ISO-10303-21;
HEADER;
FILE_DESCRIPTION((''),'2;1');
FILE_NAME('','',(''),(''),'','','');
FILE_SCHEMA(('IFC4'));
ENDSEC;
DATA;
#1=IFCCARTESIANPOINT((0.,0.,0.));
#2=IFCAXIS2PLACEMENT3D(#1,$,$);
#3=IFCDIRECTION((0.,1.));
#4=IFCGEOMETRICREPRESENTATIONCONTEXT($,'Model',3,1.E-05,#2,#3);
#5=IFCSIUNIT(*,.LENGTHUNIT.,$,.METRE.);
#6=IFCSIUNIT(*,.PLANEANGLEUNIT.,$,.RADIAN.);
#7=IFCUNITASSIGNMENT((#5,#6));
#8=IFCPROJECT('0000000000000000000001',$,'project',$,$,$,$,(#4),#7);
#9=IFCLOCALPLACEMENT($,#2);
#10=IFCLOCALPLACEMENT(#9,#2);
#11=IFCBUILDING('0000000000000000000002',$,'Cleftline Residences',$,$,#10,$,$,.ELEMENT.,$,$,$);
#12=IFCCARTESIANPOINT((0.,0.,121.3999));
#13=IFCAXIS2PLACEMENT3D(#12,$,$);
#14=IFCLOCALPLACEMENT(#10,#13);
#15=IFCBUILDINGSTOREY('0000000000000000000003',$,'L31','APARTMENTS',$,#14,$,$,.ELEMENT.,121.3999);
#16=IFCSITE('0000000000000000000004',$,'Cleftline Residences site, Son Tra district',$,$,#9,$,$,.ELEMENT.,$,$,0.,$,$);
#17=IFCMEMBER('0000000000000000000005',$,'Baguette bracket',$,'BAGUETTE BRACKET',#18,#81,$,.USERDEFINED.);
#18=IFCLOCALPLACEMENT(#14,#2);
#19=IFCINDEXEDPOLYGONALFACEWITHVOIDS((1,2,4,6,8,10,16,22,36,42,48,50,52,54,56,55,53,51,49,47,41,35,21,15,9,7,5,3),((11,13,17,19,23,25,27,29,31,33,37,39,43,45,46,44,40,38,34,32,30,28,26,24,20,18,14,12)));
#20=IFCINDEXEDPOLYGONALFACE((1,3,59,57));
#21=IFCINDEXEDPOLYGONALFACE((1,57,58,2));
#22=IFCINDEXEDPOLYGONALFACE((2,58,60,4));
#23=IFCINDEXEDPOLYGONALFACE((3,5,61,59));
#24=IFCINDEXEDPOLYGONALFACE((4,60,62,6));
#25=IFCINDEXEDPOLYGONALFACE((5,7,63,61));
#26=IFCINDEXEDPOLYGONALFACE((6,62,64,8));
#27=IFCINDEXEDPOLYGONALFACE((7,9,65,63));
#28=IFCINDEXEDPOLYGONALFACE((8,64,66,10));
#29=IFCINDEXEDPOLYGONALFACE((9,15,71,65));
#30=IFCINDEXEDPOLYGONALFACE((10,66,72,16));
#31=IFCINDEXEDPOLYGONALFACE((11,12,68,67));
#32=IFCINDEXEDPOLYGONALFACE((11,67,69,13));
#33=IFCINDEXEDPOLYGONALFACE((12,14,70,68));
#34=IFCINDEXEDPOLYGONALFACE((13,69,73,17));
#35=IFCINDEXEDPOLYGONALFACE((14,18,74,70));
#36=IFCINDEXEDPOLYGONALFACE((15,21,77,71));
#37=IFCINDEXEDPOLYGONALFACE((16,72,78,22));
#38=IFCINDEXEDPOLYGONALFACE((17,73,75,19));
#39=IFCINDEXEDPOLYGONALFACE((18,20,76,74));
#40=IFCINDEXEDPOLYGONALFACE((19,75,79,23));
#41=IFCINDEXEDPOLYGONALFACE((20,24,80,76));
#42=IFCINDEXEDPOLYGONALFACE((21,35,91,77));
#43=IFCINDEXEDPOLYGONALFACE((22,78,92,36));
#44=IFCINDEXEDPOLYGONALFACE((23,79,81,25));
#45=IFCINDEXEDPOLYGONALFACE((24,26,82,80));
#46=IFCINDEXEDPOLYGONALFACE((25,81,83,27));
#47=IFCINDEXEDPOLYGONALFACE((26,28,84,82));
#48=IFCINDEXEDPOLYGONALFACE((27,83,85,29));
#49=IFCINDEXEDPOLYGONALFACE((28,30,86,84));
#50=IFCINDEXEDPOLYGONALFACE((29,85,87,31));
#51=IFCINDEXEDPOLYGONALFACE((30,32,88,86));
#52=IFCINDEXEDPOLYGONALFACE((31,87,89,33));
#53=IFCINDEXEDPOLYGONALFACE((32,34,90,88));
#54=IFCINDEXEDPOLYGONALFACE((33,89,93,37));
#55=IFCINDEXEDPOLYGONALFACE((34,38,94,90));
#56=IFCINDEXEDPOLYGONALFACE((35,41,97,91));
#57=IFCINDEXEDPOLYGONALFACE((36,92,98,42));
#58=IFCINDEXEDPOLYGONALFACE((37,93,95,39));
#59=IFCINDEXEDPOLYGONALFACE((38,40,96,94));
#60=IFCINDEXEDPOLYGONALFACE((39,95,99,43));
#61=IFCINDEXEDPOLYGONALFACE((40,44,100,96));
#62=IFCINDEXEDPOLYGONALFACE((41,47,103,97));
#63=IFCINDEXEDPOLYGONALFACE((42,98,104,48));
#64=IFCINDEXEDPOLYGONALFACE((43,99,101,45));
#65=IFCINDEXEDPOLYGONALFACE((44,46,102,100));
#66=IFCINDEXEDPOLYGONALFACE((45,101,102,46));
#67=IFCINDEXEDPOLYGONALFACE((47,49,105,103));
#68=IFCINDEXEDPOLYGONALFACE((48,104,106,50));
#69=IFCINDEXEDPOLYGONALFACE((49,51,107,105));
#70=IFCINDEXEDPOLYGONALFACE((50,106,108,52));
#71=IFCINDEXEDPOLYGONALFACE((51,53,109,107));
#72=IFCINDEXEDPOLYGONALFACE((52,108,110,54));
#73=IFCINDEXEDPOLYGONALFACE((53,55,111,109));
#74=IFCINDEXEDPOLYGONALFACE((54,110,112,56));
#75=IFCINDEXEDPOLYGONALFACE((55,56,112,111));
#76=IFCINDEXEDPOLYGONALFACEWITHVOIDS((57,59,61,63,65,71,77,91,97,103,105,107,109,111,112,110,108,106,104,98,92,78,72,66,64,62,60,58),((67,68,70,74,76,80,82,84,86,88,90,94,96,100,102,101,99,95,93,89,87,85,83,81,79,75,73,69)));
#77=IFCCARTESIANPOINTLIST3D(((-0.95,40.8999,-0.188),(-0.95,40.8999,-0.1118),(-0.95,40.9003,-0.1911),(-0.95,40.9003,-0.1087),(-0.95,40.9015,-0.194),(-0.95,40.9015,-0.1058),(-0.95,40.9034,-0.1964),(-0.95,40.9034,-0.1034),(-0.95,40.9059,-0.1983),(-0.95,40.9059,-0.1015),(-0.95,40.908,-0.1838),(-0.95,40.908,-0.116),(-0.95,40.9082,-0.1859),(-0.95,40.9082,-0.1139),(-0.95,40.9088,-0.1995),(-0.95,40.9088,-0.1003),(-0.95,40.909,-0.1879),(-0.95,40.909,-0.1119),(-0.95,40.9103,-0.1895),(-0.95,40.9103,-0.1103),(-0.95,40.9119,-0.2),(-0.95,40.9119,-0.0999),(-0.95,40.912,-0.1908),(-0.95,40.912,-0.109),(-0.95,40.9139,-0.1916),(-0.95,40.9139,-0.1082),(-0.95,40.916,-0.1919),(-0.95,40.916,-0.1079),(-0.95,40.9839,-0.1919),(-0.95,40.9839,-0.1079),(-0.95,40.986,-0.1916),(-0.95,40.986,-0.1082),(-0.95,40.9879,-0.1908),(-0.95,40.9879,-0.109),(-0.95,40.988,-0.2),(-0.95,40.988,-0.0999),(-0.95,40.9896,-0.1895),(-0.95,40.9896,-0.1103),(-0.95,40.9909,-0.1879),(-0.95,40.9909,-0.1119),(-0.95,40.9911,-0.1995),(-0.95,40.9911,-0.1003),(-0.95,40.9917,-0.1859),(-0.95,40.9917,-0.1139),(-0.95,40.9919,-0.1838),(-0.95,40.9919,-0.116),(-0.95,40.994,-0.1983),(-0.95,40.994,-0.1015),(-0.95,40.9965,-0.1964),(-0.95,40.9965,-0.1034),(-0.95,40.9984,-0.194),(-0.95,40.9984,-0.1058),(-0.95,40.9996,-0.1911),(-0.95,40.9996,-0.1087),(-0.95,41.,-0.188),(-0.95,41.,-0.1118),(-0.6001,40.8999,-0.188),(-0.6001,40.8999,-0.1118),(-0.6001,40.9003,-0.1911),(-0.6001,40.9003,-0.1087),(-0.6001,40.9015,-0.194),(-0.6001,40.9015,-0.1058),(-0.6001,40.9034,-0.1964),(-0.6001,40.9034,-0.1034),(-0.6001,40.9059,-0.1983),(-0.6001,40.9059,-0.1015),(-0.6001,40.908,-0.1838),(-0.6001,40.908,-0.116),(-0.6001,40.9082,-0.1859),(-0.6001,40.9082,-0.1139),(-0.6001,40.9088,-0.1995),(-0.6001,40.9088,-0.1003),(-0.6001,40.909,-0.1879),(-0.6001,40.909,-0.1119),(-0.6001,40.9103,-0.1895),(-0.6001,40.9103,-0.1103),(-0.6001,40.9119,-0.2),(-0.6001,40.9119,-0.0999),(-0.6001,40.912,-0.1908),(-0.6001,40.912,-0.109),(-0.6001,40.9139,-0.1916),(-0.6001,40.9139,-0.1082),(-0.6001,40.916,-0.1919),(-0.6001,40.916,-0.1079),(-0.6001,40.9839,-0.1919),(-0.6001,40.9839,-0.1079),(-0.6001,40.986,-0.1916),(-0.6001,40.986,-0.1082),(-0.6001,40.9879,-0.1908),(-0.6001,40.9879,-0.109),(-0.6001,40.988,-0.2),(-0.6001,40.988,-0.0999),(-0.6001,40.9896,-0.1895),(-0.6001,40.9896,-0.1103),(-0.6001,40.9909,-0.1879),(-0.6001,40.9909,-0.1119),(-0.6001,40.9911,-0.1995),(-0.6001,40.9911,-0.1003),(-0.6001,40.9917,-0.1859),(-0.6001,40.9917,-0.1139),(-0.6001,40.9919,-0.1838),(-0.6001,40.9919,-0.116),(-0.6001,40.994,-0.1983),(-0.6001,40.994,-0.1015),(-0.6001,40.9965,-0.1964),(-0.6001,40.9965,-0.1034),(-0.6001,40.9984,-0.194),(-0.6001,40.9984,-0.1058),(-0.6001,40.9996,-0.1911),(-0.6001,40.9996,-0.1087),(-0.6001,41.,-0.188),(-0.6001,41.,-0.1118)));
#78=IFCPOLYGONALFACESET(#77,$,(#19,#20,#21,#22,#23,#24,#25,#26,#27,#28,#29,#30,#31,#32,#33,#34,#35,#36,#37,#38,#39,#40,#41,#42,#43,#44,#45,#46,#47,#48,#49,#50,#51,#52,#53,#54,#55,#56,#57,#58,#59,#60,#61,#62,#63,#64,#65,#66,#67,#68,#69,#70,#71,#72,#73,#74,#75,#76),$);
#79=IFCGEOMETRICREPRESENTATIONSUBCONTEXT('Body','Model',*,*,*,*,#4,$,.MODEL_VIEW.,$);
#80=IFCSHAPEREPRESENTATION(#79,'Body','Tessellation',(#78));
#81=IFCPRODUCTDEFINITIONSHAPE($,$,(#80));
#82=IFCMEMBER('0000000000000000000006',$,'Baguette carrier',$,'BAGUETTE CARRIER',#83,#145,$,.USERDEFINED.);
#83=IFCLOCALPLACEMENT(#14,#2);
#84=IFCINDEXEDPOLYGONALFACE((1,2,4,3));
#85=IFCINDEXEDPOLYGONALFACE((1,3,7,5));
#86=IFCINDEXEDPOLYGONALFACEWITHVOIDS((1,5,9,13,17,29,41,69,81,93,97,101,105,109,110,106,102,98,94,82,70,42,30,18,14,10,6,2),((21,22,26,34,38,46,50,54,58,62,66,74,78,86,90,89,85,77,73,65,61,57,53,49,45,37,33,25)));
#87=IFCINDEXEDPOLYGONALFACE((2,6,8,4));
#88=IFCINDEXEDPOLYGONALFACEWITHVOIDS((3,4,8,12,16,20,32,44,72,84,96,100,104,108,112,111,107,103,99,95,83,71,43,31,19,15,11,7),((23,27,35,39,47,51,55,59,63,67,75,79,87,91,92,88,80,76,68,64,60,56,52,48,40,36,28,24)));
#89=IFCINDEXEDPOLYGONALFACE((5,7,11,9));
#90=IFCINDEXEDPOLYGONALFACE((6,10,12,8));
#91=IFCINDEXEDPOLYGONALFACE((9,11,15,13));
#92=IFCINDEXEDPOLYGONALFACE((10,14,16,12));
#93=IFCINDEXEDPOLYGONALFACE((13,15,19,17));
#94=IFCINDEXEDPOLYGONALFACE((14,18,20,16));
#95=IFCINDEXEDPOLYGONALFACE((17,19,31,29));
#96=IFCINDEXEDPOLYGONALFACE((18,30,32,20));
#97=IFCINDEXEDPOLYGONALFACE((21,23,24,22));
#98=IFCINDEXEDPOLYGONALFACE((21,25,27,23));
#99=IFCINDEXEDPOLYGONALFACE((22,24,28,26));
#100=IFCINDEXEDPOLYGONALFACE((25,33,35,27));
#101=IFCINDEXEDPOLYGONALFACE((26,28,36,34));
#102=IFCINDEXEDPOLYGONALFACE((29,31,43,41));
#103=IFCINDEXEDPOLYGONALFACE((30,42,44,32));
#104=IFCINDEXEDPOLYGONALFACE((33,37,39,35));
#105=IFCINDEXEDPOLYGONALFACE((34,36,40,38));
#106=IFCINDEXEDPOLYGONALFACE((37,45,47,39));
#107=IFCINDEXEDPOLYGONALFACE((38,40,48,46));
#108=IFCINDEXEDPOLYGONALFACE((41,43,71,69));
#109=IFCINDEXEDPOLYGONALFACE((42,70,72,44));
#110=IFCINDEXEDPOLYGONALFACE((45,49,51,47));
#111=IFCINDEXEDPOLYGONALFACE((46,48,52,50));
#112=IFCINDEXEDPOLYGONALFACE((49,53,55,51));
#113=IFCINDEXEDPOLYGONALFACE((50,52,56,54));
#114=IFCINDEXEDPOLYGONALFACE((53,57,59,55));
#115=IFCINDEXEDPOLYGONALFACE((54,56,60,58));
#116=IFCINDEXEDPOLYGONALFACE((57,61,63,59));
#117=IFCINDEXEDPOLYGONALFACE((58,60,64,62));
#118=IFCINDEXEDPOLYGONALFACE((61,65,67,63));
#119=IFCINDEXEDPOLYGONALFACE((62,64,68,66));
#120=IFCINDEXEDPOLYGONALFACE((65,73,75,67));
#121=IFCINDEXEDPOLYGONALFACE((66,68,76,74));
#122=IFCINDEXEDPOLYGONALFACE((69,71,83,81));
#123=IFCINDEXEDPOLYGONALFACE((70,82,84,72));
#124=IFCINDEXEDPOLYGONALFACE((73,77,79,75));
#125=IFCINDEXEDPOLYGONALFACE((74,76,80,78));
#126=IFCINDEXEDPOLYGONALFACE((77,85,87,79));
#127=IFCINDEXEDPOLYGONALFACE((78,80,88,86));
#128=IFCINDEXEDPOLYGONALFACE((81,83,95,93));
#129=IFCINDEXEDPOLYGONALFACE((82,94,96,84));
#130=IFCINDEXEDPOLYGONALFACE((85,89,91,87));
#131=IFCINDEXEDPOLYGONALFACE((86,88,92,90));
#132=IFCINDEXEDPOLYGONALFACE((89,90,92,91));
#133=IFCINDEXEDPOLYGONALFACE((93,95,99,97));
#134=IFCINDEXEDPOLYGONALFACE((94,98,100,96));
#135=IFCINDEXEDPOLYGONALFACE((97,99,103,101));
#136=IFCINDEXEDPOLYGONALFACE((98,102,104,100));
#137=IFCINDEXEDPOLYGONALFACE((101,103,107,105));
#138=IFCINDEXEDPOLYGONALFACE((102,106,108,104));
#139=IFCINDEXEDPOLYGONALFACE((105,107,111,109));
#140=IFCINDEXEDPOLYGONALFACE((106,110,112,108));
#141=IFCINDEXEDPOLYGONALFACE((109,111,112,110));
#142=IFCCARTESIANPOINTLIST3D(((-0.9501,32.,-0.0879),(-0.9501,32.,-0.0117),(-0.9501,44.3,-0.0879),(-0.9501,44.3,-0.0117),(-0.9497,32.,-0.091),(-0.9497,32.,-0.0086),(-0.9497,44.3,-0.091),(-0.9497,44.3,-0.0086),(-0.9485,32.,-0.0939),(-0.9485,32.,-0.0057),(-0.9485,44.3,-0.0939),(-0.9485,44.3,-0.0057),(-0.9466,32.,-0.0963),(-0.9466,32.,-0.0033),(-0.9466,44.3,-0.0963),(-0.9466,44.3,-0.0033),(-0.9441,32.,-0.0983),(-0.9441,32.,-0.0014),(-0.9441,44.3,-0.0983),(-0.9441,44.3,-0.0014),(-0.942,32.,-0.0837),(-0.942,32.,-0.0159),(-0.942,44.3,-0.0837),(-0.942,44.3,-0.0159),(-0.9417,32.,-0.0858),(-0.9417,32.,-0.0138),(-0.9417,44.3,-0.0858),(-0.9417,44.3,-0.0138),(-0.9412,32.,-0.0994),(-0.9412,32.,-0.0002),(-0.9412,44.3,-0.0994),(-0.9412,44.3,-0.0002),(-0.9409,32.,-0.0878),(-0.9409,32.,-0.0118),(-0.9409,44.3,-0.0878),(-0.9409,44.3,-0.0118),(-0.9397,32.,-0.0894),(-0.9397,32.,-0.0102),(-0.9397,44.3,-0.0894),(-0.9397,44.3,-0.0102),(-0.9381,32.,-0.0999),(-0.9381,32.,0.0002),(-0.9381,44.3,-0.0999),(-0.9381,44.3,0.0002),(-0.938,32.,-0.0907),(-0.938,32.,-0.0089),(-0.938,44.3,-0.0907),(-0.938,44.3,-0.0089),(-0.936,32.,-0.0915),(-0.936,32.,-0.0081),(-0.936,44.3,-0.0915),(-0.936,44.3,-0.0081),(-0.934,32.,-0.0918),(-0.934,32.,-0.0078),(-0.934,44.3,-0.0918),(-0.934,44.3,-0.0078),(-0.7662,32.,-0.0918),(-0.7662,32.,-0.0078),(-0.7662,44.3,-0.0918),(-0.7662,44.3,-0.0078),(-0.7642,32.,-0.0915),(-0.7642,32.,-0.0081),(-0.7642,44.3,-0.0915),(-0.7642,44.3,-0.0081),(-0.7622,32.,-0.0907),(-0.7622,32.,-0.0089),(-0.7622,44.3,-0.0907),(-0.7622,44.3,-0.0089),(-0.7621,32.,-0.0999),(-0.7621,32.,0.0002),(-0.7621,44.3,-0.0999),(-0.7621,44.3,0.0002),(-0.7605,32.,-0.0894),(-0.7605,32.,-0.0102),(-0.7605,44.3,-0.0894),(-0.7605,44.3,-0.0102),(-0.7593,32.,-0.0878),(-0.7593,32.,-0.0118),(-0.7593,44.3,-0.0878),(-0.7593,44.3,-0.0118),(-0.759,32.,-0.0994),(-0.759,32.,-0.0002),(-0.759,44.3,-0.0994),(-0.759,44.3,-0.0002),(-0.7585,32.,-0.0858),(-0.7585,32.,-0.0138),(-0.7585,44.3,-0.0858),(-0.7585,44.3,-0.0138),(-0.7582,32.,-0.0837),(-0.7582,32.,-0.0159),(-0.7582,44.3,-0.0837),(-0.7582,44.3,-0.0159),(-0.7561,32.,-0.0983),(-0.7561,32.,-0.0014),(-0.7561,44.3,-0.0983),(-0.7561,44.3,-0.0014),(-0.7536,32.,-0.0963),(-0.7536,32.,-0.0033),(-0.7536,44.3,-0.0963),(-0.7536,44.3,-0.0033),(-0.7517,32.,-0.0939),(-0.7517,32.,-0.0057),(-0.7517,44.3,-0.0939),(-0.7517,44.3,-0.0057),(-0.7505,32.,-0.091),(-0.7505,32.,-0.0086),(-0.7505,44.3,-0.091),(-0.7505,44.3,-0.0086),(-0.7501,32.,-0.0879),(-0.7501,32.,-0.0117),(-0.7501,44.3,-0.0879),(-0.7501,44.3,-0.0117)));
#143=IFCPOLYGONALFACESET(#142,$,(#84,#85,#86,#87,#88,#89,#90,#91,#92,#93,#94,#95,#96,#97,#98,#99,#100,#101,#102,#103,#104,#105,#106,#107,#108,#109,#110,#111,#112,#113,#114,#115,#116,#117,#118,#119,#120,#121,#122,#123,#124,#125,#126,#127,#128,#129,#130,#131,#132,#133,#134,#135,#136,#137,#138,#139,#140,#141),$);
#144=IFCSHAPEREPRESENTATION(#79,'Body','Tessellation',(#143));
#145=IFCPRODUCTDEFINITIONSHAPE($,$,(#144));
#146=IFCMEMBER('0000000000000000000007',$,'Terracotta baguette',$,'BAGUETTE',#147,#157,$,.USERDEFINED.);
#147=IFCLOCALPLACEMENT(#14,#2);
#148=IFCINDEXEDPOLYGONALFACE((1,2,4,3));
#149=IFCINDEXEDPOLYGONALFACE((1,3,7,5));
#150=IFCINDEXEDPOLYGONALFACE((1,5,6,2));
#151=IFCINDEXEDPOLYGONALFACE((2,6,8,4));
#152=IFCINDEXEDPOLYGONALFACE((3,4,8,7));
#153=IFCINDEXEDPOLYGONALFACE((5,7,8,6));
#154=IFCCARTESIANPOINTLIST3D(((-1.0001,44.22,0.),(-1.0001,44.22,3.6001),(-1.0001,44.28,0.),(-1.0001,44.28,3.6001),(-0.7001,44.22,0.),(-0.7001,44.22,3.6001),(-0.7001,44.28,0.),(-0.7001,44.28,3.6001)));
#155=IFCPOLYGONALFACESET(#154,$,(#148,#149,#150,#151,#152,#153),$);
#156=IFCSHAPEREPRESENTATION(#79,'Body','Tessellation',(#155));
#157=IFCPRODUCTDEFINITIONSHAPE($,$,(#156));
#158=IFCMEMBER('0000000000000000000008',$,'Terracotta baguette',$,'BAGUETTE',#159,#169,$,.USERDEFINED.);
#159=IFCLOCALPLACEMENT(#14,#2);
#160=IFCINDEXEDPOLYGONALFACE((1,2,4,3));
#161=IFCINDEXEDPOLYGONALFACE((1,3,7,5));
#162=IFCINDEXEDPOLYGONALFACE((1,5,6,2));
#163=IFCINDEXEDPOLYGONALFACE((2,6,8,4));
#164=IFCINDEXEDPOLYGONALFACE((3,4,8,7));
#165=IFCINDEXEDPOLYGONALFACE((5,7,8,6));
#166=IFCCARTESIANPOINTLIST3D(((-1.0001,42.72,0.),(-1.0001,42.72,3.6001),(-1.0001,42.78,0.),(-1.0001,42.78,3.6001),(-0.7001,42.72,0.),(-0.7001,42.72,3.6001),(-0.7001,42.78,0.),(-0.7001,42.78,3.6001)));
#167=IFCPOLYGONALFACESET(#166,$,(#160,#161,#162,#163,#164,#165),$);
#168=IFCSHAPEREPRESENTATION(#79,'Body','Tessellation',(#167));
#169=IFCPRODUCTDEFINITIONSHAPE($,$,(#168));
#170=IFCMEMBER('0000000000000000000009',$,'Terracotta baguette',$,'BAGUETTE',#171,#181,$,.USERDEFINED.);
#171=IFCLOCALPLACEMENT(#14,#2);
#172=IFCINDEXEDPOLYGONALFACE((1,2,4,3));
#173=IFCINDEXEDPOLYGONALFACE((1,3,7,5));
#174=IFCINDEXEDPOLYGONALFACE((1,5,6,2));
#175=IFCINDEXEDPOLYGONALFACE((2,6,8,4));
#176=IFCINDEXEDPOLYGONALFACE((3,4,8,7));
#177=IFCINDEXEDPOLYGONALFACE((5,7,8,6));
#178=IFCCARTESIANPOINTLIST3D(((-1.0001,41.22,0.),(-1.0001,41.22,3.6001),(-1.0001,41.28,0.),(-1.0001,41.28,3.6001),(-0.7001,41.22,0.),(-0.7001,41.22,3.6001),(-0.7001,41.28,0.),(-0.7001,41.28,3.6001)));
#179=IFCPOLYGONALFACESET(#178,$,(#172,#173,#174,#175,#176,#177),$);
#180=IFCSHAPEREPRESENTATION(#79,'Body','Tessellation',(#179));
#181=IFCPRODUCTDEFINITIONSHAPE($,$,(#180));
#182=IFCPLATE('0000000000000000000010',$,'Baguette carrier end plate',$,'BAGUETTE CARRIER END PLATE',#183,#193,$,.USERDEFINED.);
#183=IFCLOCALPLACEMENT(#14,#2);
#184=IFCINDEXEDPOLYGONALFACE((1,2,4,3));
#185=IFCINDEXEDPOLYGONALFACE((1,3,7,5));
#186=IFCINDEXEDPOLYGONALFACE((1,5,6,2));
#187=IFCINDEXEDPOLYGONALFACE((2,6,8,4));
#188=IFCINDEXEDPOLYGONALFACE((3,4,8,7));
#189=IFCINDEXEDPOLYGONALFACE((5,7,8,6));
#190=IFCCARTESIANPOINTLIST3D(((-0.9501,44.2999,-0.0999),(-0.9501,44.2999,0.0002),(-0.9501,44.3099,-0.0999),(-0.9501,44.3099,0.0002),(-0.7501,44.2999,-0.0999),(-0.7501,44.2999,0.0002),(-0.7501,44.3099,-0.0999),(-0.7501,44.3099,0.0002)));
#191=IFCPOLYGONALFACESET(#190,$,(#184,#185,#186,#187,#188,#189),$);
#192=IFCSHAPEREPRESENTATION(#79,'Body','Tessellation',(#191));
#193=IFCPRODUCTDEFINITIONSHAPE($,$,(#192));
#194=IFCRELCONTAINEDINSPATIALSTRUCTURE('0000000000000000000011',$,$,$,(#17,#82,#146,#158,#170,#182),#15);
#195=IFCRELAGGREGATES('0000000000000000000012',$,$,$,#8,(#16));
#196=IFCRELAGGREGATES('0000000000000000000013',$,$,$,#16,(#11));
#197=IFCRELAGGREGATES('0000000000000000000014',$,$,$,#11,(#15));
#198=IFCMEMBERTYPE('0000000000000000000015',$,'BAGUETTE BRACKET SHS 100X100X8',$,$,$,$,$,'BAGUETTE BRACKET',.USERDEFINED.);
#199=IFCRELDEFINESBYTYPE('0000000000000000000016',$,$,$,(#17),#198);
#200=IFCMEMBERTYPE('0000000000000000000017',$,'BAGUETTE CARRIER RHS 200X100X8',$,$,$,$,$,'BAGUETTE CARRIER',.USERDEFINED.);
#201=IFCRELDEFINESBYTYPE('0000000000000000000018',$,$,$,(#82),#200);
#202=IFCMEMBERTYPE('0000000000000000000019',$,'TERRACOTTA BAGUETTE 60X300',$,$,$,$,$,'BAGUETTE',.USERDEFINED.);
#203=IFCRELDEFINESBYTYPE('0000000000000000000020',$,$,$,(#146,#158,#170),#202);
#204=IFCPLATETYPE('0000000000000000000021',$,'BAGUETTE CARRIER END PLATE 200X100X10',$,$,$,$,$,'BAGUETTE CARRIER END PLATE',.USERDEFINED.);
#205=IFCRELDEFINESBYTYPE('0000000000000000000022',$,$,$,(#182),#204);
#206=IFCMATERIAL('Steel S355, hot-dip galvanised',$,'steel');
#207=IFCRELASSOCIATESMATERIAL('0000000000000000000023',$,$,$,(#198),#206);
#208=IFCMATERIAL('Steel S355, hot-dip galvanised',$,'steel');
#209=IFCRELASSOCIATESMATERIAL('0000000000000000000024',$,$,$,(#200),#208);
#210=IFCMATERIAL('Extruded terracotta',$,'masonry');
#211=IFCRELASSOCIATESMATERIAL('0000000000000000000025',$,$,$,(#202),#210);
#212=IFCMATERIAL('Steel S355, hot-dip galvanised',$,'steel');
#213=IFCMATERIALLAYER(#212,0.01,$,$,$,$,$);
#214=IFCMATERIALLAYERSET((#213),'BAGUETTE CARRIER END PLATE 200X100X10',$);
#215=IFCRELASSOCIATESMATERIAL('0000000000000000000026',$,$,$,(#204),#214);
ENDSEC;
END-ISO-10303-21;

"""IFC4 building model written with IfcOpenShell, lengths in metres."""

from ifc_helpers import new_model, si_unit, direction, frame, origin, origin_2d, place, context, subcontext, project, spatial, rectangle, hollow_rectangle, extrude, material, layer, layer_set, material_profile, profile_set, type_object, element, save


model = new_model("IFC4")

# Units and contexts
model_context = context("Model", 3, precision=1e-05, world=origin(), true_north=direction((0.0, 1.0)))
body_context = subcontext(model_context, "Body", "Model", "MODEL_VIEW")
ifc_project = project(units=[si_unit("LENGTHUNIT", "METRE"), si_unit("PLANEANGLEUNIT", "RADIAN")], contexts=[model_context])

# Site, building, storey
site_placement = place(None, origin())
site = spatial("IfcSite", under=ifc_project, at=site_placement, Name="Cleftline Residences site, Son Tra district", CompositionType="ELEMENT", RefElevation=0.0)
building_placement = place(site_placement, origin())
building = spatial("IfcBuilding", under=site, at=building_placement, Name="Cleftline Residences", CompositionType="ELEMENT")
storey_placement = place(building_placement, frame((0.0, 0.0, 121.3999)))
storey = spatial("IfcBuildingStorey", under=building, at=storey_placement, Name="L31", Description="APARTMENTS", CompositionType="ELEMENT", Elevation=121.3999)

# Members
ifc_material_1 = material(Name="Steel S355, hot-dip galvanised", Category="steel")
ifc_material_profile_1 = material_profile(ifc_material_1, hollow_rectangle(XDim=0.1001, YDim=0.1001, WallThickness=0.0081, InnerFilletRadius=0.0081, OuterFilletRadius=0.012, at=origin_2d()))
ifc_profile_set_1 = profile_set([ifc_material_profile_1], Name="Steel S355, hot-dip galvanised")
member_type_1 = type_object("IfcMemberType", Name="BAGUETTE BRACKET SHS 100X100X8", ElementType="BAGUETTE BRACKET", PredefinedType="USERDEFINED", material=ifc_profile_set_1)
member_1_placement = place(storey_placement, frame((-0.6001, 40.95, -0.1499), z_axis=(-1.0, 0.0, 0.0), x_axis=(0.0, -1.0, 0.0)))
element("IfcMember", 1, at=member_1_placement, inside=storey, type_object=member_type_1, Name="Baguette bracket", ObjectType="BAGUETTE BRACKET", PredefinedType="USERDEFINED", context=body_context, shape_type="SweptSolid", body=[
    extrude(hollow_rectangle(XDim=0.1001, YDim=0.1001, WallThickness=0.0081, InnerFilletRadius=0.0081, OuterFilletRadius=0.012, at=origin_2d()), origin(), (0.0, 0.0, 1.0), 0.3499),
])
ifc_material_2 = material(Name="Steel S355, hot-dip galvanised", Category="steel")
ifc_material_profile_2 = material_profile(ifc_material_2, hollow_rectangle(XDim=0.1001, YDim=0.2, WallThickness=0.0081, InnerFilletRadius=0.0081, OuterFilletRadius=0.012, at=origin_2d()))
ifc_profile_set_2 = profile_set([ifc_material_profile_2], Name="Steel S355, hot-dip galvanised")
member_type_2 = type_object("IfcMemberType", Name="BAGUETTE CARRIER RHS 200X100X8", ElementType="BAGUETTE CARRIER", PredefinedType="USERDEFINED", material=ifc_profile_set_2)
member_2_placement = place(storey_placement, frame((-0.8501, 44.3, -0.0498), z_axis=(0.0, -1.0, 0.0), x_axis=(0.0, 0.0, 1.0)))
element("IfcMember", 2, at=member_2_placement, inside=storey, type_object=member_type_2, Name="Baguette carrier", ObjectType="BAGUETTE CARRIER", PredefinedType="USERDEFINED", context=body_context, shape_type="SweptSolid", body=[
    extrude(hollow_rectangle(XDim=0.1001, YDim=0.2, WallThickness=0.0081, InnerFilletRadius=0.0081, OuterFilletRadius=0.012, at=origin_2d()), origin(), (0.0, 0.0, 1.0), 12.3),
])
ifc_material_3 = material(Name="Extruded terracotta", Category="masonry")
ifc_material_profile_3 = material_profile(ifc_material_3, rectangle(XDim=0.0601, YDim=0.3, at=origin_2d()))
ifc_profile_set_3 = profile_set([ifc_material_profile_3], Name="Extruded terracotta")
member_type_3 = type_object("IfcMemberType", Name="TERRACOTTA BAGUETTE 60X300", ElementType="BAGUETTE", PredefinedType="USERDEFINED", material=ifc_profile_set_3)
for number, where, z_axis, x_axis, name in (
    (3, (-0.8501, 44.25, 0.0), (0.0, 0.0, 1.0), (0.0, 1.0, 0.0), "Terracotta baguette"),
    (4, (-0.8501, 42.75, 0.0), (0.0, 0.0, 1.0), (0.0, 1.0, 0.0), "Terracotta baguette"),
    (5, (-0.8501, 41.25, 0.0), (0.0, 0.0, 1.0), (0.0, 1.0, 0.0), "Terracotta baguette"),
):
    element("IfcMember", number, at=place(storey_placement, frame(where, z_axis=z_axis, x_axis=x_axis)), inside=storey, type_object=member_type_3, Name=name, ObjectType="BAGUETTE", PredefinedType="USERDEFINED", context=body_context, shape_type="SweptSolid", body=[
        extrude(rectangle(XDim=0.0601, YDim=0.3, at=origin_2d()), origin(), (0.0, 0.0, 1.0), 3.6001),
    ])

# Plate
ifc_material_4 = material(Name="Steel S355, hot-dip galvanised", Category="steel")
ifc_layer_1 = layer(ifc_material_4, 0.01)
ifc_layer_set_1 = layer_set([ifc_layer_1], Name="BAGUETTE CARRIER END PLATE 200X100X10")
plate_type = type_object("IfcPlateType", Name="BAGUETTE CARRIER END PLATE 200X100X10", ElementType="BAGUETTE CARRIER END PLATE", PredefinedType="USERDEFINED", material=ifc_layer_set_1)
plate_placement = place(storey_placement, frame((-0.8501, 44.3049, -0.0999), z_axis=(0.0, 0.0, 1.0), x_axis=(-1.0, 0.0, 0.0)))
element("IfcPlate", 6, at=plate_placement, inside=storey, type_object=plate_type, Name="Baguette carrier end plate", ObjectType="BAGUETTE CARRIER END PLATE", PredefinedType="USERDEFINED", context=body_context, shape_type="SweptSolid", body=[
    extrude(rectangle(XDim=0.2, YDim=0.01, at=origin_2d()), origin(), (0.0, 0.0, 1.0), 0.1001),
])

save(model, "model.ifc")
